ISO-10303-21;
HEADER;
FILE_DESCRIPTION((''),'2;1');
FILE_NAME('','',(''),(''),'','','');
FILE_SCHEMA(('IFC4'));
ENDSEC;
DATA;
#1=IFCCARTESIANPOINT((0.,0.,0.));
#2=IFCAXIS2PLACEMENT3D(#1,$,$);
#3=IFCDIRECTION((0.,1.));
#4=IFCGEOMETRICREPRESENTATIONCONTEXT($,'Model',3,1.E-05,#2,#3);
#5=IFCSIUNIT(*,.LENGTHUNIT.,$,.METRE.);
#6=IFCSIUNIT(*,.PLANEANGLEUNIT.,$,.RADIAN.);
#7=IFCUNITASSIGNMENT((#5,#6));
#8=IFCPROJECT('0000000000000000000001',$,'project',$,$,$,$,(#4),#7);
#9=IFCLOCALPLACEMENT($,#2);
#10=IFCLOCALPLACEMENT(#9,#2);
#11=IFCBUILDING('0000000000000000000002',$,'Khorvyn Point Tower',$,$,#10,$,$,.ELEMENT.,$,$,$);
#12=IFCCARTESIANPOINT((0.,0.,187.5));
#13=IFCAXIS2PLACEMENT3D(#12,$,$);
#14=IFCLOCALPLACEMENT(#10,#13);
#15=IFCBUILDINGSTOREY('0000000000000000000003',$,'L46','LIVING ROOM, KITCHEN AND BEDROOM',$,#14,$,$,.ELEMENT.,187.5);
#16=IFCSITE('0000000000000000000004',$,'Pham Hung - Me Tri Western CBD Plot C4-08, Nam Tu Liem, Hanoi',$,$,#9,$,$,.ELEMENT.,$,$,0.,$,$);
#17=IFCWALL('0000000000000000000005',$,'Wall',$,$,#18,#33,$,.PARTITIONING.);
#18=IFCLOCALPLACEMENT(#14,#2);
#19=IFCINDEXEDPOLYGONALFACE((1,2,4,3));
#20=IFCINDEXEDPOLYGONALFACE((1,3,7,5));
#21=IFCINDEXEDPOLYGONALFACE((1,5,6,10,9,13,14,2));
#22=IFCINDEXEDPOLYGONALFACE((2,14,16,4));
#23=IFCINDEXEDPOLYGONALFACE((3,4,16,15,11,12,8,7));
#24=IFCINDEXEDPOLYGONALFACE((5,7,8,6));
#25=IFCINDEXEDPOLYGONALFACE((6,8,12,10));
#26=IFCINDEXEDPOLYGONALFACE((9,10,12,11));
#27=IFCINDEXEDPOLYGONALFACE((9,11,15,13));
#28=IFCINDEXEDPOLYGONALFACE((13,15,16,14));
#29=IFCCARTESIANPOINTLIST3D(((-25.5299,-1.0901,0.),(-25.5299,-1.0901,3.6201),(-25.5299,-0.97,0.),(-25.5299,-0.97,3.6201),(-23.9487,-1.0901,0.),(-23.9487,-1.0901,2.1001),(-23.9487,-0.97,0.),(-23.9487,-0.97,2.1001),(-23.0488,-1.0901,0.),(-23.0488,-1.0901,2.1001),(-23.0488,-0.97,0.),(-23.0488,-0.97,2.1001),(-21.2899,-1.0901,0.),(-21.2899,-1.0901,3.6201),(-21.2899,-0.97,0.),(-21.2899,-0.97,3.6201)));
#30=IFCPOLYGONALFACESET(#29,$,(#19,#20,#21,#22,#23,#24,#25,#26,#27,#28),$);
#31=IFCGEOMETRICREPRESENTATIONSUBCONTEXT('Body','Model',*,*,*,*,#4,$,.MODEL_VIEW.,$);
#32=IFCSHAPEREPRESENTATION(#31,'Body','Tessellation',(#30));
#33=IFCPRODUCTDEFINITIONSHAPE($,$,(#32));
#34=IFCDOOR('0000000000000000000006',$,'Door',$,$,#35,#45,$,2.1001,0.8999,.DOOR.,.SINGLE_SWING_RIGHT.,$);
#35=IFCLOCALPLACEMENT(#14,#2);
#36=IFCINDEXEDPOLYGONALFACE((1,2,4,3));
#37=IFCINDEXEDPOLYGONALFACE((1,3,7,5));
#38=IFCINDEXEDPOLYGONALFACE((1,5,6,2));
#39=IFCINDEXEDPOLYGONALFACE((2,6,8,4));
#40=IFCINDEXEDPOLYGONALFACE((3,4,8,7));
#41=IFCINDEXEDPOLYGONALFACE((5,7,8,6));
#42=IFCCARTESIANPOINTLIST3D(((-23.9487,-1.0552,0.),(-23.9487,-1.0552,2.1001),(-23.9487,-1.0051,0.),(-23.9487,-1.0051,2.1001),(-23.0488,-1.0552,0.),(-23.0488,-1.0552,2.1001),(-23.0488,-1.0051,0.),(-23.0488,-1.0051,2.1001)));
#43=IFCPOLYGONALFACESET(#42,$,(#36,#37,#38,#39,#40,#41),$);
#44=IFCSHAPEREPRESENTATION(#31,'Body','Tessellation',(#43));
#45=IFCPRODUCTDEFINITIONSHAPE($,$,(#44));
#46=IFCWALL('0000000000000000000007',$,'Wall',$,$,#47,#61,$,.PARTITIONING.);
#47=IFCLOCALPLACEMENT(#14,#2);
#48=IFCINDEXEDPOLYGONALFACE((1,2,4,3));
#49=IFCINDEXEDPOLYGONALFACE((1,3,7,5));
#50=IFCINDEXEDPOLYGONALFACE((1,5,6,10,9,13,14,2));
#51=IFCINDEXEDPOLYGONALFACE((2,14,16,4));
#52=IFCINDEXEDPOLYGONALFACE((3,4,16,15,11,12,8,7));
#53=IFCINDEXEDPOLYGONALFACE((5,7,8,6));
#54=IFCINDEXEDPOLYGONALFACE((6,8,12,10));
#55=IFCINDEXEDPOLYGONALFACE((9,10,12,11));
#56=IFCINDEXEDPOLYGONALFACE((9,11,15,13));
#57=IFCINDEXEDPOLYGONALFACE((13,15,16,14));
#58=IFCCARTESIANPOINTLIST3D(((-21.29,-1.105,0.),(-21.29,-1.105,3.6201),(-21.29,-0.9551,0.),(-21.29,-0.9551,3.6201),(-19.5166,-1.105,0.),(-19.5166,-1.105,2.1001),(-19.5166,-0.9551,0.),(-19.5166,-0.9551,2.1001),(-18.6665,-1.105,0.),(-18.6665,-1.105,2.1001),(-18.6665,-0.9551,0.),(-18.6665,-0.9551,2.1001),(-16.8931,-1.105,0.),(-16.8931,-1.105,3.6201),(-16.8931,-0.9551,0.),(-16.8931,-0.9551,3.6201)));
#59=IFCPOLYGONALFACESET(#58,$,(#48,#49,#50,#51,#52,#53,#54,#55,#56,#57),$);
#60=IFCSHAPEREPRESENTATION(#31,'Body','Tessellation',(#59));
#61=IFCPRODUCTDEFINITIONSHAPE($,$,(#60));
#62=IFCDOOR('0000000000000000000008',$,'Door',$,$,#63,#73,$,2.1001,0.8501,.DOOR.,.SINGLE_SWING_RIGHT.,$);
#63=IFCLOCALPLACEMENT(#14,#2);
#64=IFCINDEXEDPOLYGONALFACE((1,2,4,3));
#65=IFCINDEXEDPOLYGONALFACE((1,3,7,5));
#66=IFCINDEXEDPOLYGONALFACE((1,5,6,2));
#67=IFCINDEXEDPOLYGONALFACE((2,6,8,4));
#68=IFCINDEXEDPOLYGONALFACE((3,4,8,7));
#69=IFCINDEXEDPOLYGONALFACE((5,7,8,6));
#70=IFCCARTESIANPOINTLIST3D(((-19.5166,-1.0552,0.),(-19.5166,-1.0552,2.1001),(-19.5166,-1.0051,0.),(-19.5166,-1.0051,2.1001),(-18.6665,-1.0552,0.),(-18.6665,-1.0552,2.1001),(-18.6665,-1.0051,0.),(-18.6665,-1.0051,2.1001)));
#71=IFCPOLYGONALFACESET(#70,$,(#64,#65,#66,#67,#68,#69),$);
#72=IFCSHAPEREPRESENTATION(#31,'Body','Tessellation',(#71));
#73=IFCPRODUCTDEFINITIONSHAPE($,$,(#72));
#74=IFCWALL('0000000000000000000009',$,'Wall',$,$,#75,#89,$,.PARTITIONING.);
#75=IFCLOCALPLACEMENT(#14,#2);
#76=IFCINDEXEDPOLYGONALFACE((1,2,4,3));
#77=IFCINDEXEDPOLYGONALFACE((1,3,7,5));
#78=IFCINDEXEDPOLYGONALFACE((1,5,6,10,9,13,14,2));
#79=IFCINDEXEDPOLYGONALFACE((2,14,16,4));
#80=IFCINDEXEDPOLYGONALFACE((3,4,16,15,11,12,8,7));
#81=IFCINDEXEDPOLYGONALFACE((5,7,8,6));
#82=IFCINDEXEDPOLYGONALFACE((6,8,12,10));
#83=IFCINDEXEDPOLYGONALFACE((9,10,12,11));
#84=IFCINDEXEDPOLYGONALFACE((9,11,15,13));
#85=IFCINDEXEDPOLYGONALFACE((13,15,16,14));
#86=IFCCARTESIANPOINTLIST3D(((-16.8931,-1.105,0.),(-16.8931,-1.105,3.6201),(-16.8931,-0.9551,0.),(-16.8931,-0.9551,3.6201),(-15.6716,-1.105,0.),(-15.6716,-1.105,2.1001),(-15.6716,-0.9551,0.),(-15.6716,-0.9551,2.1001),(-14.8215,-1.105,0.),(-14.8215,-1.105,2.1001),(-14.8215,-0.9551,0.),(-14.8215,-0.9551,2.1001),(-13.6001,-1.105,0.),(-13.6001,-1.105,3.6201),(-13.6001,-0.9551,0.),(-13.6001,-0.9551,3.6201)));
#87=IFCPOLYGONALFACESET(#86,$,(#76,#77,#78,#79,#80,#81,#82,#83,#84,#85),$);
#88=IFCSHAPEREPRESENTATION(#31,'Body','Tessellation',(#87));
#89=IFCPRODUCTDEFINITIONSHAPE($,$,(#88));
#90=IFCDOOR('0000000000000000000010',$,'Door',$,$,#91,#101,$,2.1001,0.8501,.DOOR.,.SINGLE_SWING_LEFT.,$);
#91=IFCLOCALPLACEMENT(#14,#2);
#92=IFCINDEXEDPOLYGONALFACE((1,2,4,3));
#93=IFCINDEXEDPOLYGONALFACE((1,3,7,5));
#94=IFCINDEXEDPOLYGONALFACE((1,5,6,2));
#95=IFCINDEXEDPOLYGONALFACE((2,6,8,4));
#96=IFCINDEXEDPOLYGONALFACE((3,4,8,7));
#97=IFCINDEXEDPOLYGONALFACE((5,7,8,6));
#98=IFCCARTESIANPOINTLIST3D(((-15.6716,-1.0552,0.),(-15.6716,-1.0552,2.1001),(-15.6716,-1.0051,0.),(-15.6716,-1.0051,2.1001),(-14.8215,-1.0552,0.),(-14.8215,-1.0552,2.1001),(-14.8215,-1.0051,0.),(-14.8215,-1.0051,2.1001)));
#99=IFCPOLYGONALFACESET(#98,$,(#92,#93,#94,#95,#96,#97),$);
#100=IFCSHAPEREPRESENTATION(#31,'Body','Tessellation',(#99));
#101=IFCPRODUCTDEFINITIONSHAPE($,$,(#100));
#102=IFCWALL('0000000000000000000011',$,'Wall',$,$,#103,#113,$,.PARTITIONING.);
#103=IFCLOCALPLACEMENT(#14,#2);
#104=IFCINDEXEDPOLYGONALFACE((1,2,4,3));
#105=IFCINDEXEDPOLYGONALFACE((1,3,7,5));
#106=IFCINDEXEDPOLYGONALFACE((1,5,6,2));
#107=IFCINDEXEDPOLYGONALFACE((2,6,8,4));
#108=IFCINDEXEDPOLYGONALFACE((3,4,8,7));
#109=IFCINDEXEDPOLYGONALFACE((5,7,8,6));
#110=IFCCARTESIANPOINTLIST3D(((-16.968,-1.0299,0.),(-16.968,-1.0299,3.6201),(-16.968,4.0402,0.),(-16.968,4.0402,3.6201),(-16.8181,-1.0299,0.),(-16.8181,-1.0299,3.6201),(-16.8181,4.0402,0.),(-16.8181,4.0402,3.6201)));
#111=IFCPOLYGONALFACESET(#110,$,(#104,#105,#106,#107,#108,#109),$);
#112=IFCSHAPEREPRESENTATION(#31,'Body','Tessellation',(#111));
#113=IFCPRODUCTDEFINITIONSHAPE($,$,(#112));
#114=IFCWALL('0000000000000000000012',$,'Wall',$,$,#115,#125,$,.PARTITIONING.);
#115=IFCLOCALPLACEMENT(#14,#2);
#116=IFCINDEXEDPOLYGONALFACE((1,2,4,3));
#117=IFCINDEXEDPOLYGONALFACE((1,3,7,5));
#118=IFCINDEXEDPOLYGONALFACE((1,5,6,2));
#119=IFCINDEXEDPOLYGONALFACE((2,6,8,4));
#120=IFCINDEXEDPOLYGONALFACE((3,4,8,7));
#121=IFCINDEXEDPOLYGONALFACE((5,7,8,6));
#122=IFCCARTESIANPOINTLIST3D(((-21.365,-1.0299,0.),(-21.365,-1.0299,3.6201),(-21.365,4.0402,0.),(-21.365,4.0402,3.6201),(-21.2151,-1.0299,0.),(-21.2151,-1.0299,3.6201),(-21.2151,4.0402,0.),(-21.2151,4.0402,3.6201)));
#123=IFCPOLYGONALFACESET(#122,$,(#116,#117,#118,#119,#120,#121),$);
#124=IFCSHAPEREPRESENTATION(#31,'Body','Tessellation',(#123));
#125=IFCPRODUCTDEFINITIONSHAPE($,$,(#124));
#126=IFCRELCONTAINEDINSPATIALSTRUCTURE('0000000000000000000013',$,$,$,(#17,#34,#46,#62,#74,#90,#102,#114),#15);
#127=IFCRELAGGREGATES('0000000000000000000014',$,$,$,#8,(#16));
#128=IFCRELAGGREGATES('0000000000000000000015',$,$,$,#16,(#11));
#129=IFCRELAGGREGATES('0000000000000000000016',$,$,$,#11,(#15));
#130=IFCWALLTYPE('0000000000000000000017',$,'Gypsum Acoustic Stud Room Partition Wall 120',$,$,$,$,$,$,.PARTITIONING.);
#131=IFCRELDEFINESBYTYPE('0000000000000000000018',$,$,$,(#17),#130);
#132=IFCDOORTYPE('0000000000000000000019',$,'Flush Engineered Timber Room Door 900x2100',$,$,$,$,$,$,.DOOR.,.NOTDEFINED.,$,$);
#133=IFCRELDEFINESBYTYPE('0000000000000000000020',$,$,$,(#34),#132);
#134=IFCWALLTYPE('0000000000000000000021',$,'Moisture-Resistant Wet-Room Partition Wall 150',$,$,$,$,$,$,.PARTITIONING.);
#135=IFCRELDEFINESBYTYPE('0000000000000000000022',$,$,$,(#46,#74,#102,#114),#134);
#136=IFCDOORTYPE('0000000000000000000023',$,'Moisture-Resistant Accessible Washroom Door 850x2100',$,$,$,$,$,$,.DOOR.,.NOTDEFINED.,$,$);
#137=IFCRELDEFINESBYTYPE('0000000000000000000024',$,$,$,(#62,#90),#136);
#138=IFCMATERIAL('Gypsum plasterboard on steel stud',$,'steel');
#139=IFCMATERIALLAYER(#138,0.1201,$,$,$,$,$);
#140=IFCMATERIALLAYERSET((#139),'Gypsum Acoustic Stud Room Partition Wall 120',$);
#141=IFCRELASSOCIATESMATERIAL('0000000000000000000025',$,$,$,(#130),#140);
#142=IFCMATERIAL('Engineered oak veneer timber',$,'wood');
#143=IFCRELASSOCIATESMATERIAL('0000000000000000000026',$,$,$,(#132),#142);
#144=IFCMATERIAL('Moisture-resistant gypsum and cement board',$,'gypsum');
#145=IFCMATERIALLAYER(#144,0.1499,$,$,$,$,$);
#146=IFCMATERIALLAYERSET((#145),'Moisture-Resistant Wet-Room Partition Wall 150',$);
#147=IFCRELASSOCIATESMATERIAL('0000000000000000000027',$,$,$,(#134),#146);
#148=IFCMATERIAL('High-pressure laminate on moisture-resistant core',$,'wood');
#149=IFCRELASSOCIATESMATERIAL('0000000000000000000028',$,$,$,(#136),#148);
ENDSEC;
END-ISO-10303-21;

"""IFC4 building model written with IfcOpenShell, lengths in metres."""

from ifc_helpers import new_model, si_unit, direction, frame, frame_2d, origin, place, context, subcontext, project, spatial, rectangle, extrude, material, layer, layer_set, type_object, element, fill, save


model = new_model("IFC4")

# Units and contexts
model_context = context("Model", 3, precision=1e-05, world=origin(), true_north=direction((0.0, 1.0)))
body_context = subcontext(model_context, "Body", "Model", "MODEL_VIEW")
ifc_project = project(units=[si_unit("LENGTHUNIT", "METRE"), si_unit("PLANEANGLEUNIT", "RADIAN")], contexts=[model_context])

# Site, building, storey
site_placement = place(None, origin())
site = spatial("IfcSite", under=ifc_project, at=site_placement, Name="Pham Hung - Me Tri Western CBD Plot C4-08, Nam Tu Liem, Hanoi", CompositionType="ELEMENT", RefElevation=0.0)
building_placement = place(site_placement, origin())
building = spatial("IfcBuilding", under=site, at=building_placement, Name="Khorvyn Point Tower", CompositionType="ELEMENT")
storey_placement = place(building_placement, frame((0.0, 0.0, 187.5)))
storey = spatial("IfcBuildingStorey", under=building, at=storey_placement, Name="L46", Description="LIVING ROOM, KITCHEN AND BEDROOM", CompositionType="ELEMENT", Elevation=187.5)

# Walls, openings, doors
ifc_material_1 = material(Name="Gypsum plasterboard on steel stud", Category="steel")
ifc_layer_1 = layer(ifc_material_1, 0.1201)
ifc_layer_set_1 = layer_set([ifc_layer_1], Name="Gypsum Acoustic Stud Room Partition Wall 120")
wall_type_1 = type_object("IfcWallType", Name="Gypsum Acoustic Stud Room Partition Wall 120", PredefinedType="PARTITIONING", material=ifc_layer_set_1)
wall_1_placement = place(storey_placement, frame((-25.53, -1.03, 0.0), z_axis=(0.0, 0.0, 1.0), x_axis=(1.0, 0.0, 0.0)))
wall_1 = element("IfcWall", 1, at=wall_1_placement, inside=storey, type_object=wall_type_1, Name="Wall", PredefinedType="PARTITIONING", context=body_context, shape_type="SweptSolid", body=[
    extrude(rectangle(XDim=4.24, YDim=0.1201, at=frame_2d((2.1201, 0.0))), origin(), (0.0, 0.0, 1.0), 3.6201),
])
opening_1_placement = place(wall_1_placement, frame((1.5813, 0.0, 0.0)))
opening_1 = element("IfcOpeningElement", 2, at=opening_1_placement, cuts=wall_1, PredefinedType="OPENING", context=body_context, shape_type="SweptSolid", body=[
    extrude(rectangle(XDim=0.8999, YDim=2.1001, at=frame_2d((0.45, 1.05))), frame((0.0, 0.0701, 0.0), z_axis=(0.0, -1.0, 0.0), x_axis=(1.0, 0.0, 0.0)), (0.0, 0.0, 1.0), 0.1401),
])
ifc_material_2 = material(Name="Engineered oak veneer timber", Category="wood")
door_type_1 = type_object("IfcDoorType", Name="Flush Engineered Timber Room Door 900x2100", OperationType="NOTDEFINED", PredefinedType="DOOR", material=ifc_material_2)
door_1_placement = place(opening_1_placement, origin())
door_1 = element("IfcDoor", 3, at=door_1_placement, inside=storey, type_object=door_type_1, Name="Door", OperationType="SINGLE_SWING_RIGHT", OverallHeight=2.1001, OverallWidth=0.8999, PredefinedType="DOOR", context=body_context, shape_type="SweptSolid", body=[
    extrude(rectangle(XDim=0.8999, YDim=2.1001, at=frame_2d((0.45, 1.05))), frame((0.0, 0.0249, 0.0), z_axis=(0.0, -1.0, 0.0), x_axis=(1.0, 0.0, 0.0)), (0.0, 0.0, 1.0), 0.05),
])
fill(opening_1, door_1)
ifc_material_3 = material(Name="Moisture-resistant gypsum and cement board", Category="gypsum")
ifc_layer_2 = layer(ifc_material_3, 0.1499)
ifc_layer_set_2 = layer_set([ifc_layer_2], Name="Moisture-Resistant Wet-Room Partition Wall 150")
wall_type_2 = type_object("IfcWallType", Name="Moisture-Resistant Wet-Room Partition Wall 150", PredefinedType="PARTITIONING", material=ifc_layer_set_2)
wall_2_placement = place(storey_placement, frame((-21.29, -1.03, 0.0), z_axis=(0.0, 0.0, 1.0), x_axis=(1.0, 0.0, 0.0)))
wall_2 = element("IfcWall", 4, at=wall_2_placement, inside=storey, type_object=wall_type_2, Name="Wall", PredefinedType="PARTITIONING", context=body_context, shape_type="SweptSolid", body=[
    extrude(rectangle(XDim=4.397, YDim=0.1499, at=frame_2d((2.1985, 0.0))), origin(), (0.0, 0.0, 1.0), 3.6201),
])
opening_2_placement = place(wall_2_placement, frame((1.7734, 0.0, 0.0)))
opening_2 = element("IfcOpeningElement", 5, at=opening_2_placement, cuts=wall_2, PredefinedType="OPENING", context=body_context, shape_type="SweptSolid", body=[
    extrude(rectangle(XDim=0.8501, YDim=2.1001, at=frame_2d((0.425, 1.05))), frame((0.0, 0.085, 0.0), z_axis=(0.0, -1.0, 0.0), x_axis=(1.0, 0.0, 0.0)), (0.0, 0.0, 1.0), 0.1699),
])
ifc_material_4 = material(Name="High-pressure laminate on moisture-resistant core", Category="wood")
door_type_2 = type_object("IfcDoorType", Name="Moisture-Resistant Accessible Washroom Door 850x2100", OperationType="NOTDEFINED", PredefinedType="DOOR", material=ifc_material_4)
door_2_placement = place(opening_2_placement, origin())
door_2 = element("IfcDoor", 6, at=door_2_placement, inside=storey, type_object=door_type_2, Name="Door", OperationType="SINGLE_SWING_RIGHT", OverallHeight=2.1001, OverallWidth=0.8501, PredefinedType="DOOR", context=body_context, shape_type="SweptSolid", body=[
    extrude(rectangle(XDim=0.8501, YDim=2.1001, at=frame_2d((0.425, 1.05))), frame((0.0, 0.0249, 0.0), z_axis=(0.0, -1.0, 0.0), x_axis=(1.0, 0.0, 0.0)), (0.0, 0.0, 1.0), 0.05),
])
fill(opening_2, door_2)
wall_3_placement = place(storey_placement, frame((-16.8931, -1.03, 0.0), z_axis=(0.0, 0.0, 1.0), x_axis=(1.0, 0.0, 0.0)))
wall_3 = element("IfcWall", 7, at=wall_3_placement, inside=storey, type_object=wall_type_2, Name="Wall", PredefinedType="PARTITIONING", context=body_context, shape_type="SweptSolid", body=[
    extrude(rectangle(XDim=3.293, YDim=0.1499, at=frame_2d((1.6465, 0.0))), origin(), (0.0, 0.0, 1.0), 3.6201),
])
opening_3_placement = place(wall_3_placement, frame((1.2214, 0.0, 0.0)))
opening_3 = element("IfcOpeningElement", 8, at=opening_3_placement, cuts=wall_3, PredefinedType="OPENING", context=body_context, shape_type="SweptSolid", body=[
    extrude(rectangle(XDim=0.8501, YDim=2.1001, at=frame_2d((0.425, 1.05))), frame((0.0, 0.085, 0.0), z_axis=(0.0, -1.0, 0.0), x_axis=(1.0, 0.0, 0.0)), (0.0, 0.0, 1.0), 0.1699),
])
door_3_placement = place(opening_3_placement, origin())
door_3 = element("IfcDoor", 9, at=door_3_placement, inside=storey, type_object=door_type_2, Name="Door", OperationType="SINGLE_SWING_LEFT", OverallHeight=2.1001, OverallWidth=0.8501, PredefinedType="DOOR", context=body_context, shape_type="SweptSolid", body=[
    extrude(rectangle(XDim=0.8501, YDim=2.1001, at=frame_2d((0.425, 1.05))), frame((0.0, 0.0249, 0.0), z_axis=(0.0, -1.0, 0.0), x_axis=(1.0, 0.0, 0.0)), (0.0, 0.0, 1.0), 0.05),
])
fill(opening_3, door_3)

# Walls
for number, where, z_axis, x_axis, name in (
    (10, (-16.8931, -1.03, 0.0), (0.0, 0.0, 1.0), (0.0, 1.0, 0.0), "Wall"),
    (11, (-21.29, -1.03, 0.0), (0.0, 0.0, 1.0), (0.0, 1.0, 0.0), "Wall"),
):
    element("IfcWall", number, at=place(storey_placement, frame(where, z_axis=z_axis, x_axis=x_axis)), inside=storey, type_object=wall_type_2, Name=name, PredefinedType="PARTITIONING", context=body_context, shape_type="SweptSolid", body=[
        extrude(rectangle(XDim=5.0701, YDim=0.1499, at=frame_2d((2.5352, 0.0))), origin(), (0.0, 0.0, 1.0), 3.6201),
    ])

save(model, "model.ifc")
